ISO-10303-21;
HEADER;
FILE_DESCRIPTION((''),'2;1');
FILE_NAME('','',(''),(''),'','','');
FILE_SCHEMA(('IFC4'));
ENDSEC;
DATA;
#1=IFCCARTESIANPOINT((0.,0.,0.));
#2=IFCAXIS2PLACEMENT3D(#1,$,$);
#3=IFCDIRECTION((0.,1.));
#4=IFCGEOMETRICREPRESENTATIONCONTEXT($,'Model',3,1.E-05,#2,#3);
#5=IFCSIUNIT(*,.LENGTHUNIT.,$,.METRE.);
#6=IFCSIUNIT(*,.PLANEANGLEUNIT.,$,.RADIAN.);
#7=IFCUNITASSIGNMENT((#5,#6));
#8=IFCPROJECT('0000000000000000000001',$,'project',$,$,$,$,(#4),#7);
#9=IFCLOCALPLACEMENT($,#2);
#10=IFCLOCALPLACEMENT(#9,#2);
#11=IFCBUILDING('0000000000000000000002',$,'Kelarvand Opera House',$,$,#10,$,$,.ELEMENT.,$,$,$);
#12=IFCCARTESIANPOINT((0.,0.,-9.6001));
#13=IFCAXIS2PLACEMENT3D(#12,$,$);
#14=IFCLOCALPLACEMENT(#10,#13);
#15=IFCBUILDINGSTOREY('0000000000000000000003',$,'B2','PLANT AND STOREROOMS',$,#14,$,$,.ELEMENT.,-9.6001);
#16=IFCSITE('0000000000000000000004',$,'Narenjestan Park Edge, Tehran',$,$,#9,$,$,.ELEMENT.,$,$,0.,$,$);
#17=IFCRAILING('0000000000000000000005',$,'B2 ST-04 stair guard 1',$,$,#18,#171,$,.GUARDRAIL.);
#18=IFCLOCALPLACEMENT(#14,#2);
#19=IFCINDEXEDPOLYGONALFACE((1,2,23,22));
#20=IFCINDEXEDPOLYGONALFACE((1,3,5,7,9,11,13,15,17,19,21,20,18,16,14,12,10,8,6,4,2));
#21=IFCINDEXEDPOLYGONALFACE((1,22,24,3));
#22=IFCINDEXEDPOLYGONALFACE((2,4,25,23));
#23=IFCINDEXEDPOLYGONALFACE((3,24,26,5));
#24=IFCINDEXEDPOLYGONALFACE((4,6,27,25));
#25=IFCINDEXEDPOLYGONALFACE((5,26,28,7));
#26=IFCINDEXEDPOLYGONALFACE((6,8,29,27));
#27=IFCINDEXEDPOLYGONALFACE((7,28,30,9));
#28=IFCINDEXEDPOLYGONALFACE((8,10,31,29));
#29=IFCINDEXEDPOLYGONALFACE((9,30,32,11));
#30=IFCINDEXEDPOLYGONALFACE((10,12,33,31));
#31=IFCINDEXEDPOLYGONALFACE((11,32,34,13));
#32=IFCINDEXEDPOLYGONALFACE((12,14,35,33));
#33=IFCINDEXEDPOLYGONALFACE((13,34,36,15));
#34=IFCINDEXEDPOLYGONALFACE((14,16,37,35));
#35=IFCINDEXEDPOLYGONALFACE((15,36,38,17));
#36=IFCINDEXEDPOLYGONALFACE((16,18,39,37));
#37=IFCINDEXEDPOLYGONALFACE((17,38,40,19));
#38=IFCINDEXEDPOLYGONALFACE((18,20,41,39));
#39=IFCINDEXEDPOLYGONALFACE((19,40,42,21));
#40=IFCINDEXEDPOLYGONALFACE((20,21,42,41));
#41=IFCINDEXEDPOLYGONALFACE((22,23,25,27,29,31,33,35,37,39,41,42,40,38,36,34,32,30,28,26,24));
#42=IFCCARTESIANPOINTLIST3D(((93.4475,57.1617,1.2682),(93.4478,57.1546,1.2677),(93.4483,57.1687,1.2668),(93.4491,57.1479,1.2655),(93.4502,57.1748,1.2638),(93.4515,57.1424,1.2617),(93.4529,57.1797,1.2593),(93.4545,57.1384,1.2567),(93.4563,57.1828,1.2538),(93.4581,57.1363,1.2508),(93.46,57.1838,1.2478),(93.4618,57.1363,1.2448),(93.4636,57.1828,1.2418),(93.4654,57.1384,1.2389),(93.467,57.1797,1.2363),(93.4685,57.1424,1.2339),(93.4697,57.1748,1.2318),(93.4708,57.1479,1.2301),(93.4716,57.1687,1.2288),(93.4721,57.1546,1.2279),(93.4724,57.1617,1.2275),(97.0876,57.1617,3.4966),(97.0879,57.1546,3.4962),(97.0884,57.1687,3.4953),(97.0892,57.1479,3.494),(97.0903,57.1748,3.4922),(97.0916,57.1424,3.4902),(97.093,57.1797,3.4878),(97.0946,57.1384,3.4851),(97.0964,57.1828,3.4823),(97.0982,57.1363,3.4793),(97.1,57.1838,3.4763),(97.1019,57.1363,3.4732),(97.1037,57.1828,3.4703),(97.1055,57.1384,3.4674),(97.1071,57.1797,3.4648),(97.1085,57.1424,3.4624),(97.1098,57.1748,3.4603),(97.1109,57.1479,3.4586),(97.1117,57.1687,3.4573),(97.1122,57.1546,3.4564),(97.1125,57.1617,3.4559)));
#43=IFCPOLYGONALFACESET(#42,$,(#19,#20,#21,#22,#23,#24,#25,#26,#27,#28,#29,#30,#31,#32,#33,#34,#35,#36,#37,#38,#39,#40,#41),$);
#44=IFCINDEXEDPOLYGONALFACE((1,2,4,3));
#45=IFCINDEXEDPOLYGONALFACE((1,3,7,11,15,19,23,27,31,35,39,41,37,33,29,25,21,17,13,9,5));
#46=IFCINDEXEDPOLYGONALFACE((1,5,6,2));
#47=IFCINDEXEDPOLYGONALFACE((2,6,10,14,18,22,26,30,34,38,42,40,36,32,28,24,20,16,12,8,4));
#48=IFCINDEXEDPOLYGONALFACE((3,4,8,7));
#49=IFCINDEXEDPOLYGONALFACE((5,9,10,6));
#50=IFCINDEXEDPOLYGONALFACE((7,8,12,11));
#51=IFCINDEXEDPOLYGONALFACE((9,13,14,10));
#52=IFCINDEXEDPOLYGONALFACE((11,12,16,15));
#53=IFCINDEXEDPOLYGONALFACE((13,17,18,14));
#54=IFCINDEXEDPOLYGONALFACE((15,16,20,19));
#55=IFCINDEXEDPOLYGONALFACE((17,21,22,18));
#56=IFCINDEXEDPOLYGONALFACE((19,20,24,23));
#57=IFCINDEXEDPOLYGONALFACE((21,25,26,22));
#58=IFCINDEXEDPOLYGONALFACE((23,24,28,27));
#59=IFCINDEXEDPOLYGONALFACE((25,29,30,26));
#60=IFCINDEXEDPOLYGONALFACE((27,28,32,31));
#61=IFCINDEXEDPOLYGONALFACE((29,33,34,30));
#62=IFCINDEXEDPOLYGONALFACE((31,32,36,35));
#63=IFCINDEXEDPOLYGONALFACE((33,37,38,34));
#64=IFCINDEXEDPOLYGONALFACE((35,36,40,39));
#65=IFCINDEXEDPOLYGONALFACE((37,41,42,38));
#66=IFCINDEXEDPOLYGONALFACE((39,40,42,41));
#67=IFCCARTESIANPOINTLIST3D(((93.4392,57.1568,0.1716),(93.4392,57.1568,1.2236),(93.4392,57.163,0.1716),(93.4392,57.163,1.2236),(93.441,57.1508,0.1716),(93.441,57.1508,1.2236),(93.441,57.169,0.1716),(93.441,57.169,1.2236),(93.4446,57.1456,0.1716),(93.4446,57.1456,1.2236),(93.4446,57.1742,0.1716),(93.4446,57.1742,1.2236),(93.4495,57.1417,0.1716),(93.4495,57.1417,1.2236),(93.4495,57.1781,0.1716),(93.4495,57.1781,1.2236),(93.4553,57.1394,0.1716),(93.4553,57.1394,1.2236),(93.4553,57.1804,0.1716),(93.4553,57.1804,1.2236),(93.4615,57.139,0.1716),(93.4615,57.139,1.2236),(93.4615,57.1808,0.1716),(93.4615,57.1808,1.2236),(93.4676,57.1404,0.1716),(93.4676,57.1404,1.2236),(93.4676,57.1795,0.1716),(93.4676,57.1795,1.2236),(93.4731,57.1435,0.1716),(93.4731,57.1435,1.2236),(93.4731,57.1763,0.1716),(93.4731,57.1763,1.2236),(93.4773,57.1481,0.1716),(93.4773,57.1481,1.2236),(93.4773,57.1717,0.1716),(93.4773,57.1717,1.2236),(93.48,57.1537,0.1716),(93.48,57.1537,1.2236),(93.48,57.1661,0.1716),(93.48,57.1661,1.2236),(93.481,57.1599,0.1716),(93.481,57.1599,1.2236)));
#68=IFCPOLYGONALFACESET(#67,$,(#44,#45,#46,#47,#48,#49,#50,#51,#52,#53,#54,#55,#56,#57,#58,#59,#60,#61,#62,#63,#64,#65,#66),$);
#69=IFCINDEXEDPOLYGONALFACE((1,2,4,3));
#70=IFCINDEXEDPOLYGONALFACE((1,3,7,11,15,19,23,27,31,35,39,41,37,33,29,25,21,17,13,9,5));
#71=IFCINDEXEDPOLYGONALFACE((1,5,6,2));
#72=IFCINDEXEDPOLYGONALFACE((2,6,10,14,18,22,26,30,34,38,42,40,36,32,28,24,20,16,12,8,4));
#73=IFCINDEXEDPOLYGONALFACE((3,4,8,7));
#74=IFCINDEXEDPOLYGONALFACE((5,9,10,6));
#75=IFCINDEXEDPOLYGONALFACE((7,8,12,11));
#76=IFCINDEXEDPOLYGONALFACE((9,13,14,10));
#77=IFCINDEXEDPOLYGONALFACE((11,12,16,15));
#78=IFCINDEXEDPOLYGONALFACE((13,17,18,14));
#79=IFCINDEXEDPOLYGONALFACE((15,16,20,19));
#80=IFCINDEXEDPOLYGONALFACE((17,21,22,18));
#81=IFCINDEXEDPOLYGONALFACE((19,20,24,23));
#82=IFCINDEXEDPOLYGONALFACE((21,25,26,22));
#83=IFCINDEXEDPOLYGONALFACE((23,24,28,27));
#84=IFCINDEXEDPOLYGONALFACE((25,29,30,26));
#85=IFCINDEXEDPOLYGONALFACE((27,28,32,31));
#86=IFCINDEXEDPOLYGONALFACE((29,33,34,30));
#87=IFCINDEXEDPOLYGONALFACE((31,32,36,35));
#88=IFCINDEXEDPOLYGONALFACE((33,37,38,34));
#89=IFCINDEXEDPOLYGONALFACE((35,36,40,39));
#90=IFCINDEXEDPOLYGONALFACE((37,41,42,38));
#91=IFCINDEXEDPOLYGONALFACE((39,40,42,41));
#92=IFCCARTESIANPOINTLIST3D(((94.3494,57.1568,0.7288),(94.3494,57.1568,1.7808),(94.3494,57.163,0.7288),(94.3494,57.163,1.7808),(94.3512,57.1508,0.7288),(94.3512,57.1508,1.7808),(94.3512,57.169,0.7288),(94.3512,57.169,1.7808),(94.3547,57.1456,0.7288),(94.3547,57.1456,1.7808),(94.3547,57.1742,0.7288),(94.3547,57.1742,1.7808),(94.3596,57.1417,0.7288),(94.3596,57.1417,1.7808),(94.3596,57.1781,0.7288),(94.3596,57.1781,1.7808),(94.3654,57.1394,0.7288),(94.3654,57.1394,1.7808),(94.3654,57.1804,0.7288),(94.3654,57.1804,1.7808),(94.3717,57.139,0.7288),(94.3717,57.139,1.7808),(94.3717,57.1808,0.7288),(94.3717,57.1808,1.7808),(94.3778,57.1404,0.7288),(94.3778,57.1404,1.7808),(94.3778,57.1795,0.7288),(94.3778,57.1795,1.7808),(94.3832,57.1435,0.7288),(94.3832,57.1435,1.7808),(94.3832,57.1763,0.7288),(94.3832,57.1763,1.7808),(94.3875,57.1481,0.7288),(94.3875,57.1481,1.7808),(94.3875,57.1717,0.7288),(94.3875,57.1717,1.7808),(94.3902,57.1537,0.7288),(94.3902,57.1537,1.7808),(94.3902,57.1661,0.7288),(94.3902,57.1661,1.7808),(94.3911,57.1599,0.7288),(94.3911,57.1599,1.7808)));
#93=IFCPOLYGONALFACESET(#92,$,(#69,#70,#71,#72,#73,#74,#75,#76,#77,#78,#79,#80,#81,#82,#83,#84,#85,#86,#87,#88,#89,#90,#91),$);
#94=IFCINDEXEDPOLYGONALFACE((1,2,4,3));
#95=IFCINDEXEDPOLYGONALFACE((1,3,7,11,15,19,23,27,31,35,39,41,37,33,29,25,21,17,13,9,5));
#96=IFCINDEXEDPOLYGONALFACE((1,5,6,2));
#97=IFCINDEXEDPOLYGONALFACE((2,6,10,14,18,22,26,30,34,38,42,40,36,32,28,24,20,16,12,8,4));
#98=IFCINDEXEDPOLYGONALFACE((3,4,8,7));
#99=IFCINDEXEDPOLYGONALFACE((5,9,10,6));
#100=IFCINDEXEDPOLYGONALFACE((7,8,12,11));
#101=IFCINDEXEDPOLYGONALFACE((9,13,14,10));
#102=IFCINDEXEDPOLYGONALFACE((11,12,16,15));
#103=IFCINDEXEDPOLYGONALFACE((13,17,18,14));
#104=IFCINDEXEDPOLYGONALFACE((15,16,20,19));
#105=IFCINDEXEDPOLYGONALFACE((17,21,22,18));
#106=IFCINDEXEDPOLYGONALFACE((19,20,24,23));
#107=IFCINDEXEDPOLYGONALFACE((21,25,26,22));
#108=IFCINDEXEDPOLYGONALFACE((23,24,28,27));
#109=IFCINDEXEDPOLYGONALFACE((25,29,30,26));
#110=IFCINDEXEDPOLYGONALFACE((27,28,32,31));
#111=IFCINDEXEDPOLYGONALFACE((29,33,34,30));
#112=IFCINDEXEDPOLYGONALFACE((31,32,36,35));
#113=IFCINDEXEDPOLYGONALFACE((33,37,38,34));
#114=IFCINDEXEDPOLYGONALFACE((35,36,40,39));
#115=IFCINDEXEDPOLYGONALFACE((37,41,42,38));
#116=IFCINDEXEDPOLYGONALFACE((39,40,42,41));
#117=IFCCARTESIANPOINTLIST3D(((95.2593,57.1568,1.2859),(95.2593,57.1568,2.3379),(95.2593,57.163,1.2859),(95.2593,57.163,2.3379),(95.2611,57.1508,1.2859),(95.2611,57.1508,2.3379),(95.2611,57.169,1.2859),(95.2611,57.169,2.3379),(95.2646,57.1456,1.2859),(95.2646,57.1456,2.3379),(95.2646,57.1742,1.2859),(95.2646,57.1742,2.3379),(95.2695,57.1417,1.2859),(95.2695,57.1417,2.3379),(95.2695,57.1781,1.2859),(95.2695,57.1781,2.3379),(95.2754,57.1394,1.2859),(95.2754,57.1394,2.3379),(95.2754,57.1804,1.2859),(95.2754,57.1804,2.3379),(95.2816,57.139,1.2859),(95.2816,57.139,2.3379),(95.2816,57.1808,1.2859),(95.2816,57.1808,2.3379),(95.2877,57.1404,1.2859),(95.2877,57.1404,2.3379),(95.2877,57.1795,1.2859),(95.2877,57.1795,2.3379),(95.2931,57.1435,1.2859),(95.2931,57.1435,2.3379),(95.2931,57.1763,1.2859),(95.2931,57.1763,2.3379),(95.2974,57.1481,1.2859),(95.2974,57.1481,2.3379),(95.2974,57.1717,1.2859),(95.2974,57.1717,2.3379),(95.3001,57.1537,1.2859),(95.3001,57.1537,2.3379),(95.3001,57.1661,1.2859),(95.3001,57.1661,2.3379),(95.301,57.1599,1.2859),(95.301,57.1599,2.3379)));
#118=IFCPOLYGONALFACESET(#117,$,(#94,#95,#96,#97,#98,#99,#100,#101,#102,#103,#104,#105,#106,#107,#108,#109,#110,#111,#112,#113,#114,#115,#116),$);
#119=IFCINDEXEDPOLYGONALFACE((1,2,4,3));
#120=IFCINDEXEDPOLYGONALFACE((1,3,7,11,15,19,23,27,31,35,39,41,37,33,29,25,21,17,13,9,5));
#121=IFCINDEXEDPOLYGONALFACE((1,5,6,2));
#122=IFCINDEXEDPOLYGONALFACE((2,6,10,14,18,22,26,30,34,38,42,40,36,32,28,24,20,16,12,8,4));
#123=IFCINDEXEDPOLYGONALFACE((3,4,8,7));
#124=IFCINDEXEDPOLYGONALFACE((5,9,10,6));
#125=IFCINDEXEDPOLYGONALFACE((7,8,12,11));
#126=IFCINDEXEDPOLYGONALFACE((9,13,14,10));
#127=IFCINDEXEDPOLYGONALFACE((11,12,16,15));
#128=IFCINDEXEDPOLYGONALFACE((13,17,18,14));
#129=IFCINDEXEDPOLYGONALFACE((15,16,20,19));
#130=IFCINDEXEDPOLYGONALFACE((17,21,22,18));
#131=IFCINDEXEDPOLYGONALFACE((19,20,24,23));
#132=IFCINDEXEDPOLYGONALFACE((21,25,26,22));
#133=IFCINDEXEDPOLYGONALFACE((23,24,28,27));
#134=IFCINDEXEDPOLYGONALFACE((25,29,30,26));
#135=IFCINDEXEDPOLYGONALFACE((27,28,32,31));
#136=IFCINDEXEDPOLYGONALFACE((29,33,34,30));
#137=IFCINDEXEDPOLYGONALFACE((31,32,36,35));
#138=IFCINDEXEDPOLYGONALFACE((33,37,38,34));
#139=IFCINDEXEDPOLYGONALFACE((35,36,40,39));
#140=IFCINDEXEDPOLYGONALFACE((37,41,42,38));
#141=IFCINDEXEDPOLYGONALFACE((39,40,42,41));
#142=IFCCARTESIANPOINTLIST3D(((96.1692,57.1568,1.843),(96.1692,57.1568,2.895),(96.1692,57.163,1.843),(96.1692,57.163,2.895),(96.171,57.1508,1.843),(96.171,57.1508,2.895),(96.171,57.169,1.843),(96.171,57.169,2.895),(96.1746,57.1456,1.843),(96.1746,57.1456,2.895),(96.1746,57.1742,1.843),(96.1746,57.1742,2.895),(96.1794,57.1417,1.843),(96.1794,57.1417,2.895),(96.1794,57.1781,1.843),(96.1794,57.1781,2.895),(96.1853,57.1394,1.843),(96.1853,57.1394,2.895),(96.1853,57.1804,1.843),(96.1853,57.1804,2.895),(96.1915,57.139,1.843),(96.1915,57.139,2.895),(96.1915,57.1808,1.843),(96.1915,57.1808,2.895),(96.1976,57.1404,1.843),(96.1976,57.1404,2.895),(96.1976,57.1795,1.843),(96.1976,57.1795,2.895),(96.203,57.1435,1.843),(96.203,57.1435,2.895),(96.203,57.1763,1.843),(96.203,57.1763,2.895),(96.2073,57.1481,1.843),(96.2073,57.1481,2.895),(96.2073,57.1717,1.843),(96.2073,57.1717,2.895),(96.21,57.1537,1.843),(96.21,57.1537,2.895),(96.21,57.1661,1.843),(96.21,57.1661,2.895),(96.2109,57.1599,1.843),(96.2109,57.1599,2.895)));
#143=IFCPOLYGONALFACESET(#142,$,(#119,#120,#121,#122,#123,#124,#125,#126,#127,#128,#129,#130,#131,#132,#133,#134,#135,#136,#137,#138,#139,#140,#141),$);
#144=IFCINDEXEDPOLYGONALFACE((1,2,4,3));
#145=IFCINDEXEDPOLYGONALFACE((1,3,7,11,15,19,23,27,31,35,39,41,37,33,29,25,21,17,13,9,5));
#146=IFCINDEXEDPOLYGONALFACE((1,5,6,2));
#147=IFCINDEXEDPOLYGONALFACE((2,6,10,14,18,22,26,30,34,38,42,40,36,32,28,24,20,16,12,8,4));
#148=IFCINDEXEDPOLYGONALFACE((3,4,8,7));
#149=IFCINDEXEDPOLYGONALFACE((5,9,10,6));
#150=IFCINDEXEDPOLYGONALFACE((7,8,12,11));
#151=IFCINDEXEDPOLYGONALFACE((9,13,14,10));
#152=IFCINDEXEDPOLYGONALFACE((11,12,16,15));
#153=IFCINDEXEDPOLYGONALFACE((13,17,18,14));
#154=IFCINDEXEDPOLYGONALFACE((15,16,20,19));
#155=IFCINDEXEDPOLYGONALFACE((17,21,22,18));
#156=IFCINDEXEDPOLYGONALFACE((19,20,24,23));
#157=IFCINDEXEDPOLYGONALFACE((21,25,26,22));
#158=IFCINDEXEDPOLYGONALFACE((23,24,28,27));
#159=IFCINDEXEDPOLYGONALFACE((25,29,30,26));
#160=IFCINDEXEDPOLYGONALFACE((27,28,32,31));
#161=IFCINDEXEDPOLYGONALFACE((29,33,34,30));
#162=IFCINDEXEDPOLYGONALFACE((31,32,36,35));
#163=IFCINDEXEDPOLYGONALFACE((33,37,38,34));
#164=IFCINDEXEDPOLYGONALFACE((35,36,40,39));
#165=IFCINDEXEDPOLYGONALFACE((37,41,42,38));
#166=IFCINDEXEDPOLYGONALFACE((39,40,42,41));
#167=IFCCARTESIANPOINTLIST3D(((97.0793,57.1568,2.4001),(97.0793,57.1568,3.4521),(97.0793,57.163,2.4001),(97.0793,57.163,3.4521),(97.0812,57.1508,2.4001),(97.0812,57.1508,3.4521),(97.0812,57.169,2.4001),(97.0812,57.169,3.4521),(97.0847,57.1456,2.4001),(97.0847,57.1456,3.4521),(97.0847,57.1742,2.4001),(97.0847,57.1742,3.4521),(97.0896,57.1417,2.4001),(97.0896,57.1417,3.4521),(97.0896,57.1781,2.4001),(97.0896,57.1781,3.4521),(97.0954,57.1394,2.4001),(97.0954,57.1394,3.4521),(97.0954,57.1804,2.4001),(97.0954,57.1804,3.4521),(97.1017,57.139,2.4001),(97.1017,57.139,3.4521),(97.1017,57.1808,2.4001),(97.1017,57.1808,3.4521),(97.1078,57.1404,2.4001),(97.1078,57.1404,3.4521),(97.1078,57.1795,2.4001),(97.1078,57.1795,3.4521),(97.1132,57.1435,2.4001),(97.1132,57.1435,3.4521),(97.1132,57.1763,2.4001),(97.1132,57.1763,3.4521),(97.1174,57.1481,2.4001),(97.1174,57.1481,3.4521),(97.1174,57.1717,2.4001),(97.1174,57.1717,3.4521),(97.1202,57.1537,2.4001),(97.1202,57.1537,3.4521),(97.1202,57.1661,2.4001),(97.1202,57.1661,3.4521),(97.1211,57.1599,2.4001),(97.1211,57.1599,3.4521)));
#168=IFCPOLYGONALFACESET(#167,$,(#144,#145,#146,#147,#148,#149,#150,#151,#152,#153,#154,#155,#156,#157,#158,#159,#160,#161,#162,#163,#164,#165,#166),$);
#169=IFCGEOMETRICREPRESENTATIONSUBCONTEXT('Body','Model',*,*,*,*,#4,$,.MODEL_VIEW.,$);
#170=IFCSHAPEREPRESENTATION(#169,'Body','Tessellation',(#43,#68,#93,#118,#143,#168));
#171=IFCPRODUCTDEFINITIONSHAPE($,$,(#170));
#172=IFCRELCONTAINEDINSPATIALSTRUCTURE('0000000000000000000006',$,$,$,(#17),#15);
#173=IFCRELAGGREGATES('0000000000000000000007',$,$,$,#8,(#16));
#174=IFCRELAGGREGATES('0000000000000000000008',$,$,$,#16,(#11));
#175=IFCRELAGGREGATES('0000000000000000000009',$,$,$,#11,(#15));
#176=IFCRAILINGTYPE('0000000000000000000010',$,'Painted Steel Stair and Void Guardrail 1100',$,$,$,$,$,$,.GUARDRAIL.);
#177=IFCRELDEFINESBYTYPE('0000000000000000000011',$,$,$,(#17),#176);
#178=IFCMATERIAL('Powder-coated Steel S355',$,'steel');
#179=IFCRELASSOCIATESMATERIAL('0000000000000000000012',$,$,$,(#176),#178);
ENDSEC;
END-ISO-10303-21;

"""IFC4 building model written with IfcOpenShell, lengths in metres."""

from ifc_helpers import new_model, si_unit, direction, frame, origin, origin_2d, place, context, subcontext, project, spatial, circle, extrude, material, type_object, element, save


model = new_model("IFC4")

# Units and contexts
model_context = context("Model", 3, precision=1e-05, world=origin(), true_north=direction((0.0, 1.0)))
body_context = subcontext(model_context, "Body", "Model", "MODEL_VIEW")
ifc_project = project(units=[si_unit("LENGTHUNIT", "METRE"), si_unit("PLANEANGLEUNIT", "RADIAN")], contexts=[model_context])

# Site, building, storey
site_placement = place(None, origin())
site = spatial("IfcSite", under=ifc_project, at=site_placement, Name="Narenjestan Park Edge, Tehran", CompositionType="ELEMENT", RefElevation=0.0)
building_placement = place(site_placement, origin())
building = spatial("IfcBuilding", under=site, at=building_placement, Name="Kelarvand Opera House", CompositionType="ELEMENT")
storey_placement = place(building_placement, frame((0.0, 0.0, -9.6001)))
storey = spatial("IfcBuildingStorey", under=building, at=storey_placement, Name="B2", Description="PLANT AND STOREROOMS", CompositionType="ELEMENT", Elevation=-9.6001)

# Railing
ifc_material_1 = material(Name="Powder-coated Steel S355", Category="steel")
railing_type_1 = type_object("IfcRailingType", Name="Painted Steel Stair and Void Guardrail 1100", PredefinedType="GUARDRAIL", material=ifc_material_1)
railing_1_placement = place(storey_placement, frame((93.46, 57.1599, 0.1716)))
element("IfcRailing", 1, at=railing_1_placement, inside=storey, type_object=railing_type_1, Name="B2 ST-04 stair guard 1", PredefinedType="GUARDRAIL", context=body_context, shape_type="SweptSolid", body=[
    extrude(circle(Radius=0.0239, at=origin_2d()), frame((0.0, 0.0, 1.0762), z_axis=(0.852866, 0.0, 0.52213), x_axis=(0.0, 1.0, 0.0)), (0.0, 0.0, 1.0), 4.2681),
    extrude(circle(Radius=0.021, at=origin_2d()), origin(), (0.0, 0.0, 1.0), 1.052),
    extrude(circle(Radius=0.021, at=origin_2d()), frame((0.9102, 0.0, 0.5571)), (0.0, 0.0, 1.0), 1.052),
    extrude(circle(Radius=0.021, at=origin_2d()), frame((1.8201, 0.0, 1.1143)), (0.0, 0.0, 1.0), 1.052),
    extrude(circle(Radius=0.021, at=origin_2d()), frame((2.73, 0.0, 1.6714)), (0.0, 0.0, 1.0), 1.052),
    extrude(circle(Radius=0.021, at=origin_2d()), frame((3.6401, 0.0, 2.2285)), (0.0, 0.0, 1.0), 1.052),
])

save(model, "model.ifc")
